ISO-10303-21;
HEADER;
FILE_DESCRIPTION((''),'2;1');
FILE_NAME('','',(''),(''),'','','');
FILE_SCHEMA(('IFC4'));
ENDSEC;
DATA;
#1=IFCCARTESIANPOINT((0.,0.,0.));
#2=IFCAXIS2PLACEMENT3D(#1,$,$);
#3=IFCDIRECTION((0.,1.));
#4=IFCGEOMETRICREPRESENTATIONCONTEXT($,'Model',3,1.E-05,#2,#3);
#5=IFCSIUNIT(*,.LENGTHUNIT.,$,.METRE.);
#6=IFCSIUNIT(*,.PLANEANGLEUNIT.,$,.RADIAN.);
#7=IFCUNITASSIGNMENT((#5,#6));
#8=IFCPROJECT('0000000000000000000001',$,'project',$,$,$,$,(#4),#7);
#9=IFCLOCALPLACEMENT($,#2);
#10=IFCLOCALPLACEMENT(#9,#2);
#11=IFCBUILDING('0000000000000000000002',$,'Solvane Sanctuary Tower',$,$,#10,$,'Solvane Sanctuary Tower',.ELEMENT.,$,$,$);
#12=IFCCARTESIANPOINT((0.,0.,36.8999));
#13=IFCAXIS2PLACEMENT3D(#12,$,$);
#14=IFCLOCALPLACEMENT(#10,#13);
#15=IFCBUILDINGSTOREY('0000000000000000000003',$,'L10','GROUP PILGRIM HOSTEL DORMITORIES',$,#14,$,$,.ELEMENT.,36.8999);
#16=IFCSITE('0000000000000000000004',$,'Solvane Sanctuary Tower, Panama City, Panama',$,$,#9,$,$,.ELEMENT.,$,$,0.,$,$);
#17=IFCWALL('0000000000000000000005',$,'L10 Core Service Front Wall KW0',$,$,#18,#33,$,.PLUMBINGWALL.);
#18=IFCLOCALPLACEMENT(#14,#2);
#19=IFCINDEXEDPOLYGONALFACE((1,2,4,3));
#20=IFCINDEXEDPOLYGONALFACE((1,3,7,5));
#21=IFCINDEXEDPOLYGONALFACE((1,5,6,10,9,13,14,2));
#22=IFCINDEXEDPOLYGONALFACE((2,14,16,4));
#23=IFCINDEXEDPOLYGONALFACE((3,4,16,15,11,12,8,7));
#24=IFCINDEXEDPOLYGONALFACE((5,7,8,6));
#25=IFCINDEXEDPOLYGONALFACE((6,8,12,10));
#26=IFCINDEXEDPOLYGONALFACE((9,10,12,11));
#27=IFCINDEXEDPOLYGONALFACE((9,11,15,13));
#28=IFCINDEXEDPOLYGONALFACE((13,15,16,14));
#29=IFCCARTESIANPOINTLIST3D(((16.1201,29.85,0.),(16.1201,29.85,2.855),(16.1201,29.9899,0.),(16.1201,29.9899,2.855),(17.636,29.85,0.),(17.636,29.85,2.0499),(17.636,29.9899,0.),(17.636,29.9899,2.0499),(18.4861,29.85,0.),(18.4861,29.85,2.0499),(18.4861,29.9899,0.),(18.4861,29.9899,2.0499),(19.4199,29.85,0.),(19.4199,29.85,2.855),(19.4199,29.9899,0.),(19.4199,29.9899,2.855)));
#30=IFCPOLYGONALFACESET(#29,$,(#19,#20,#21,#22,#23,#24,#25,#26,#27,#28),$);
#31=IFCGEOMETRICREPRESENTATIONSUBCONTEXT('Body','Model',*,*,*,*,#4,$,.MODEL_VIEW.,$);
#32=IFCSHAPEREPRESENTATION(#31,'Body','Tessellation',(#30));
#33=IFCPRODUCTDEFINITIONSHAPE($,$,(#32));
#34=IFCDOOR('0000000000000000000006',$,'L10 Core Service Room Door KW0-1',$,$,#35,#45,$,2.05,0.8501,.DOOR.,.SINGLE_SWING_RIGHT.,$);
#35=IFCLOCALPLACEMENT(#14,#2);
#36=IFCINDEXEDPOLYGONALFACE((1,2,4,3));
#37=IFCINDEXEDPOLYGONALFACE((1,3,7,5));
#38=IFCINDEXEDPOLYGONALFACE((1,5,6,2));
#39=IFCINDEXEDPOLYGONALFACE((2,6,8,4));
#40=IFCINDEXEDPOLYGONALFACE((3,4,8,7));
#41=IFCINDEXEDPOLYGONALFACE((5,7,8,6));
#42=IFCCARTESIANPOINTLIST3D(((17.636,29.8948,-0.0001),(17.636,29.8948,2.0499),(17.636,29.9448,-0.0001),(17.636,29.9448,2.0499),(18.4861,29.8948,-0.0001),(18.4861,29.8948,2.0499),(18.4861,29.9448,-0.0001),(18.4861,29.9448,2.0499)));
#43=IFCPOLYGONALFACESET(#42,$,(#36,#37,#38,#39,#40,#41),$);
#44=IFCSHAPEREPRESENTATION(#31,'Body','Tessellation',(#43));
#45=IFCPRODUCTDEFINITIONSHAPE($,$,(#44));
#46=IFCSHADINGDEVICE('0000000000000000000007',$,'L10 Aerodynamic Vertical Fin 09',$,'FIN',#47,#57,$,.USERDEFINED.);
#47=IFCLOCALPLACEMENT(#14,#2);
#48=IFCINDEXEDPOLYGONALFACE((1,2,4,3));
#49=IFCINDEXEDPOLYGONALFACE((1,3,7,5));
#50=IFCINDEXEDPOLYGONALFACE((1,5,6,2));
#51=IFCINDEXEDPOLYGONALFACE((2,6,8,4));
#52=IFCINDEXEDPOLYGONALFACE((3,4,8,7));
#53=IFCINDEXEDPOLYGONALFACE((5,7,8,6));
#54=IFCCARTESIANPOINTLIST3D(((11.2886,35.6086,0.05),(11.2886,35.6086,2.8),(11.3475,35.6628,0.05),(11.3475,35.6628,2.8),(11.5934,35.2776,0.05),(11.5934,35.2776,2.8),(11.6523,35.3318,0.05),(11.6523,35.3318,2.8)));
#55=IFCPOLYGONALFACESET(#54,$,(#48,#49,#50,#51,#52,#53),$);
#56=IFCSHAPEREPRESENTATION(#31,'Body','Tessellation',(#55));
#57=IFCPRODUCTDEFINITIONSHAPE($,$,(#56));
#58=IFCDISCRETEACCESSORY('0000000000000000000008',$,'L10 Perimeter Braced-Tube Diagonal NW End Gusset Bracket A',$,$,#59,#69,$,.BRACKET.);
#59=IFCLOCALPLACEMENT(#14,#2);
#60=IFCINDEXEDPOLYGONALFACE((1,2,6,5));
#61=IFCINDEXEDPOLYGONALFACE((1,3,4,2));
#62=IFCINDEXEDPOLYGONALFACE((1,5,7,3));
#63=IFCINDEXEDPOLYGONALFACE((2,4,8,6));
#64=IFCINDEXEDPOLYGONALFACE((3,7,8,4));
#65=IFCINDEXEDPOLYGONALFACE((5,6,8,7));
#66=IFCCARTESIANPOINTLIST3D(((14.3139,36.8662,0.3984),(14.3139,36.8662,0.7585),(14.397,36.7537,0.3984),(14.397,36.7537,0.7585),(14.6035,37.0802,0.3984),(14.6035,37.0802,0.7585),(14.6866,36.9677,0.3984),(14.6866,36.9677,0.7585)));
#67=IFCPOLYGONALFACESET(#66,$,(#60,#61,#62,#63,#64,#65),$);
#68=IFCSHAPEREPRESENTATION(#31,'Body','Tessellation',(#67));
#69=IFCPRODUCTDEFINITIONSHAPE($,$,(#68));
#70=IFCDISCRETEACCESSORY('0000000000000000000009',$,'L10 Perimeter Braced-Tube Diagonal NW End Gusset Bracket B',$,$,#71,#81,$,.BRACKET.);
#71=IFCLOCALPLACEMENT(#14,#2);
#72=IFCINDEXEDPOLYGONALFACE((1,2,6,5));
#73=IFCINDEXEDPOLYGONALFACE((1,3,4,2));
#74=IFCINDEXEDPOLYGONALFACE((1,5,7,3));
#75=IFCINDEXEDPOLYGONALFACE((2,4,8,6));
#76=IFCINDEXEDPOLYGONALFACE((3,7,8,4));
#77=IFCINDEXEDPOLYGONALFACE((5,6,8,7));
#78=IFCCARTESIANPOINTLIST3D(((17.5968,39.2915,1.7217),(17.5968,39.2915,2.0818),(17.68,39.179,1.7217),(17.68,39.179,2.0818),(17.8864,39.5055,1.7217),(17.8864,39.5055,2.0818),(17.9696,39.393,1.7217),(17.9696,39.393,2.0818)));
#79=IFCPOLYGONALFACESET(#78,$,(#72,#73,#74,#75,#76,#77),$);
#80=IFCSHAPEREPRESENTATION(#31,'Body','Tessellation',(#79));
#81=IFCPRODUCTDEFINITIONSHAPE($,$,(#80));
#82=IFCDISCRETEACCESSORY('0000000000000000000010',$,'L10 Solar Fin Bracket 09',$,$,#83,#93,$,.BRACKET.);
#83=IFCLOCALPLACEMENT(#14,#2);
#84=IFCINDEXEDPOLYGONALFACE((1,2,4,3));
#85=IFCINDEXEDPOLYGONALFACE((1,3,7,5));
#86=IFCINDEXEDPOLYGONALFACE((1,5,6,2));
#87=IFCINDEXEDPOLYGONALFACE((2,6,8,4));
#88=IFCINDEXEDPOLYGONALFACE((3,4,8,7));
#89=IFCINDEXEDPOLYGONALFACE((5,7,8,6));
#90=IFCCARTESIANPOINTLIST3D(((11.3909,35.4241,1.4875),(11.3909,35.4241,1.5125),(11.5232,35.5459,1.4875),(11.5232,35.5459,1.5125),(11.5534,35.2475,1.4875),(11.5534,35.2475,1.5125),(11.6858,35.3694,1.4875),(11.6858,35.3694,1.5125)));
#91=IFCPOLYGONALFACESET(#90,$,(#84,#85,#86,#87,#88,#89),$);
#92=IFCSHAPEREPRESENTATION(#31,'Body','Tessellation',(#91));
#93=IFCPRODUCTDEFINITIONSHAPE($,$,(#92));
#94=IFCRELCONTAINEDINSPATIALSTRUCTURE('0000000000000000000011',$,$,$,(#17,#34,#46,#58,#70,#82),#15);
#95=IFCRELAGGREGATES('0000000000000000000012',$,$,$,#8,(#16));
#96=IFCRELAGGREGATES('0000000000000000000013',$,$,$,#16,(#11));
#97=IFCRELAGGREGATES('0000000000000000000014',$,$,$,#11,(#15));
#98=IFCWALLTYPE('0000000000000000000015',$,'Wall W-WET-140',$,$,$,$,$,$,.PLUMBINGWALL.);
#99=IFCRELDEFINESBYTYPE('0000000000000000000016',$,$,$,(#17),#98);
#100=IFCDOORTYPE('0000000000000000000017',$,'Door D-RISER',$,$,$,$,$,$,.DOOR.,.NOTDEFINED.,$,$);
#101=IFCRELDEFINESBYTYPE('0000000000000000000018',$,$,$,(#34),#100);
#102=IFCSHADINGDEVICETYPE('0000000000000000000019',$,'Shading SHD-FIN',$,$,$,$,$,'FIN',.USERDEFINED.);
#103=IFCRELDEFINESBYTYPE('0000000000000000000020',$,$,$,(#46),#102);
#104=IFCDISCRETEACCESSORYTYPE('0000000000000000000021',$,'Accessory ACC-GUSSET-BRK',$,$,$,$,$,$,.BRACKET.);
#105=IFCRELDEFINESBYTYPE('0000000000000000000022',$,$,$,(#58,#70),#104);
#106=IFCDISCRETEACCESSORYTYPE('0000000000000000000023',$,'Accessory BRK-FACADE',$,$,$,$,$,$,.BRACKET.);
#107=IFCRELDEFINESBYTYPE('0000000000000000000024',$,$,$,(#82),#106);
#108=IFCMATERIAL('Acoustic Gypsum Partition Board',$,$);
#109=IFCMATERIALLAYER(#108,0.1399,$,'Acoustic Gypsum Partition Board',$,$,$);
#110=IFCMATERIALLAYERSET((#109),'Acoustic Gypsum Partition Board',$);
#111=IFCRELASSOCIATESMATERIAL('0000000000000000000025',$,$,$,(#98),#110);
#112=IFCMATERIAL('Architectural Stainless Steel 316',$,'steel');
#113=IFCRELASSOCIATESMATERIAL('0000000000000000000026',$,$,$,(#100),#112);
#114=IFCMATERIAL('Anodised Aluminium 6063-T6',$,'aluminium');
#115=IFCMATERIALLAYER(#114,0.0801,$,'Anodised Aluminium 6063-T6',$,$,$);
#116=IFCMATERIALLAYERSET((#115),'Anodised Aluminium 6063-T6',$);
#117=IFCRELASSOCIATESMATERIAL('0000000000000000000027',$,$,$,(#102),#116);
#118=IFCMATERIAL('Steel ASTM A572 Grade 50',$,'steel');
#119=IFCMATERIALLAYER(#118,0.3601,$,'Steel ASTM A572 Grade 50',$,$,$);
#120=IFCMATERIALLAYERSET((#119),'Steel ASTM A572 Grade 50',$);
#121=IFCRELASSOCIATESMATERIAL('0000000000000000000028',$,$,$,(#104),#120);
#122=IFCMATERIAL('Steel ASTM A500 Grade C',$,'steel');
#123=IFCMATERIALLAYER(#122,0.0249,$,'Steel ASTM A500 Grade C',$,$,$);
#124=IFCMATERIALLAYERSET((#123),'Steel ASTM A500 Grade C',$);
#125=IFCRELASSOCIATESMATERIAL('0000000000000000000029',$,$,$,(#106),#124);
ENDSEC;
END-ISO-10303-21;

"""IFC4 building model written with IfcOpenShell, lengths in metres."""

from ifc_helpers import new_model, si_unit, direction, frame, frame_2d, origin, origin_2d, place, context, subcontext, project, spatial, rectangle, extrude, material, layer, layer_set, type_object, element, fill, save


model = new_model("IFC4")

# Units and contexts
model_context = context("Model", 3, precision=1e-05, world=origin(), true_north=direction((0.0, 1.0)))
body_context = subcontext(model_context, "Body", "Model", "MODEL_VIEW")
ifc_project = project(units=[si_unit("LENGTHUNIT", "METRE"), si_unit("PLANEANGLEUNIT", "RADIAN")], contexts=[model_context])

# Site, building, storey
site_placement = place(None, origin())
site = spatial("IfcSite", under=ifc_project, at=site_placement, Name="Solvane Sanctuary Tower, Panama City, Panama", CompositionType="ELEMENT", RefElevation=0.0)
building_placement = place(site_placement, origin())
building = spatial("IfcBuilding", under=site, at=building_placement, Name="Solvane Sanctuary Tower", LongName="Solvane Sanctuary Tower", CompositionType="ELEMENT")
storey_placement = place(building_placement, frame((0.0, 0.0, 36.8999)))
storey = spatial("IfcBuildingStorey", under=building, at=storey_placement, Name="L10", Description="GROUP PILGRIM HOSTEL DORMITORIES", CompositionType="ELEMENT", Elevation=36.8999)

# Shared definitions
ifc_material_1 = material(Name="Acoustic Gypsum Partition Board")

# Wall, opening, door
ifc_material_2 = material(Name="Architectural Stainless Steel 316", Category="steel")
ifc_layer_1 = layer(ifc_material_1, 0.1399, Name="Acoustic Gypsum Partition Board")
ifc_layer_set_1 = layer_set([ifc_layer_1], Name="Acoustic Gypsum Partition Board")
wall_type_1 = type_object("IfcWallType", Name="Wall W-WET-140", PredefinedType="PLUMBINGWALL", material=ifc_layer_set_1)
wall_1_placement = place(storey_placement, frame((16.1201, 29.9199, 0.0), z_axis=(0.0, 0.0, 1.0), x_axis=(1.0, 0.0, 0.0)))
wall_1 = element("IfcWall", 1, at=wall_1_placement, inside=storey, type_object=wall_type_1, Name="L10 Core Service Front Wall KW0", PredefinedType="PLUMBINGWALL", context=body_context, shape_type="SweptSolid", body=[
    extrude(rectangle(XDim=3.2998, YDim=0.1399, at=frame_2d((1.6499, 0.0))), origin(), (0.0, 0.0, 1.0), 2.855),
])
opening_1_placement = place(wall_1_placement, frame((1.5159, 0.0, 0.0)))
opening_1 = element("IfcOpeningElement", 2, at=opening_1_placement, cuts=wall_1, PredefinedType="OPENING", context=body_context, shape_type="SweptSolid", body=[
    extrude(rectangle(XDim=0.8501, YDim=2.05, at=frame_2d((0.425, 1.0249))), frame((0.0, 0.0798, 0.0), z_axis=(0.0, -1.0, 0.0), x_axis=(1.0, 0.0, 0.0)), (0.0, 0.0, 1.0), 0.1599),
])
door_type_1 = type_object("IfcDoorType", Name="Door D-RISER", OperationType="NOTDEFINED", PredefinedType="DOOR", material=ifc_material_2)
door_1_placement = place(opening_1_placement, origin())
door_1 = element("IfcDoor", 3, at=door_1_placement, inside=storey, type_object=door_type_1, Name="L10 Core Service Room Door KW0-1", OperationType="SINGLE_SWING_RIGHT", OverallHeight=2.05, OverallWidth=0.8501, PredefinedType="DOOR", context=body_context, shape_type="SweptSolid", body=[
    extrude(rectangle(XDim=0.8501, YDim=2.05, at=frame_2d((0.425, 1.0249))), frame((0.0, 0.0249, 0.0), z_axis=(0.0, -1.0, 0.0), x_axis=(1.0, 0.0, 0.0)), (0.0, 0.0, 1.0), 0.05),
])
fill(opening_1, door_1)

# Shading device
ifc_material_3 = material(Name="Anodised Aluminium 6063-T6", Category="aluminium")
ifc_layer_2 = layer(ifc_material_3, 0.0801, Name="Anodised Aluminium 6063-T6")
ifc_layer_set_2 = layer_set([ifc_layer_2], Name="Anodised Aluminium 6063-T6")
shading_device_type = type_object("IfcShadingDeviceType", Name="Shading SHD-FIN", ElementType="FIN", PredefinedType="USERDEFINED", material=ifc_layer_set_2)
shading_device_placement = place(storey_placement, frame((11.4705, 35.4702, 0.05), z_axis=(0.0, 0.0, 1.0), x_axis=(-0.735656, -0.677355, 0.0)))
element("IfcShadingDevice", 4, at=shading_device_placement, inside=storey, type_object=shading_device_type, Name="L10 Aerodynamic Vertical Fin 09", ObjectType="FIN", PredefinedType="USERDEFINED", context=body_context, shape_type="SweptSolid", body=[
    extrude(rectangle(XDim=0.0801, YDim=0.45, at=origin_2d()), origin(), (0.0, 0.0, 1.0), 2.75),
])

# Discrete accessories
ifc_material_4 = material(Name="Steel ASTM A572 Grade 50", Category="steel")
ifc_layer_3 = layer(ifc_material_4, 0.3601, Name="Steel ASTM A572 Grade 50")
ifc_layer_set_3 = layer_set([ifc_layer_3], Name="Steel ASTM A572 Grade 50")
discrete_accessory_type_1 = type_object("IfcDiscreteAccessoryType", Name="Accessory ACC-GUSSET-BRK", PredefinedType="BRACKET", material=ifc_layer_set_3)
for number, where, z_axis, x_axis, name in (
    (5, (14.5002, 36.917, 0.3984), (0.0, 0.0, 1.0), (0.804272, 0.594261, 0.0), "L10 Perimeter Braced-Tube Diagonal NW End Gusset Bracket A"),
    (6, (17.7832, 39.3423, 1.7217), (0.0, 0.0, 1.0), (0.804272, 0.594261, 0.0), "L10 Perimeter Braced-Tube Diagonal NW End Gusset Bracket B"),
):
    element("IfcDiscreteAccessory", number, at=place(storey_placement, frame(where, z_axis=z_axis, x_axis=x_axis)), inside=storey, type_object=discrete_accessory_type_1, Name=name, PredefinedType="BRACKET", context=body_context, shape_type="SweptSolid", body=[
        extrude(rectangle(XDim=0.3601, YDim=0.1399, at=origin_2d()), origin(), (0.0, 0.0, 1.0), 0.3601),
    ])
ifc_material_5 = material(Name="Steel ASTM A500 Grade C", Category="steel")
ifc_layer_4 = layer(ifc_material_5, 0.0249, Name="Steel ASTM A500 Grade C")
ifc_layer_set_4 = layer_set([ifc_layer_4], Name="Steel ASTM A500 Grade C")
discrete_accessory_type_2 = type_object("IfcDiscreteAccessoryType", Name="Accessory BRK-FACADE", PredefinedType="BRACKET", material=ifc_layer_set_4)
discrete_accessory_placement = place(storey_placement, frame((11.5383, 35.3967, 1.4875), z_axis=(0.0, 0.0, 1.0), x_axis=(-0.735656, -0.677355, 0.0)))
element("IfcDiscreteAccessory", 7, at=discrete_accessory_placement, inside=storey, type_object=discrete_accessory_type_2, Name="L10 Solar Fin Bracket 09", PredefinedType="BRACKET", context=body_context, shape_type="SweptSolid", body=[
    extrude(rectangle(XDim=0.1799, YDim=0.24, at=origin_2d()), origin(), (0.0, 0.0, 1.0), 0.0249),
])

save(model, "model.ifc")
